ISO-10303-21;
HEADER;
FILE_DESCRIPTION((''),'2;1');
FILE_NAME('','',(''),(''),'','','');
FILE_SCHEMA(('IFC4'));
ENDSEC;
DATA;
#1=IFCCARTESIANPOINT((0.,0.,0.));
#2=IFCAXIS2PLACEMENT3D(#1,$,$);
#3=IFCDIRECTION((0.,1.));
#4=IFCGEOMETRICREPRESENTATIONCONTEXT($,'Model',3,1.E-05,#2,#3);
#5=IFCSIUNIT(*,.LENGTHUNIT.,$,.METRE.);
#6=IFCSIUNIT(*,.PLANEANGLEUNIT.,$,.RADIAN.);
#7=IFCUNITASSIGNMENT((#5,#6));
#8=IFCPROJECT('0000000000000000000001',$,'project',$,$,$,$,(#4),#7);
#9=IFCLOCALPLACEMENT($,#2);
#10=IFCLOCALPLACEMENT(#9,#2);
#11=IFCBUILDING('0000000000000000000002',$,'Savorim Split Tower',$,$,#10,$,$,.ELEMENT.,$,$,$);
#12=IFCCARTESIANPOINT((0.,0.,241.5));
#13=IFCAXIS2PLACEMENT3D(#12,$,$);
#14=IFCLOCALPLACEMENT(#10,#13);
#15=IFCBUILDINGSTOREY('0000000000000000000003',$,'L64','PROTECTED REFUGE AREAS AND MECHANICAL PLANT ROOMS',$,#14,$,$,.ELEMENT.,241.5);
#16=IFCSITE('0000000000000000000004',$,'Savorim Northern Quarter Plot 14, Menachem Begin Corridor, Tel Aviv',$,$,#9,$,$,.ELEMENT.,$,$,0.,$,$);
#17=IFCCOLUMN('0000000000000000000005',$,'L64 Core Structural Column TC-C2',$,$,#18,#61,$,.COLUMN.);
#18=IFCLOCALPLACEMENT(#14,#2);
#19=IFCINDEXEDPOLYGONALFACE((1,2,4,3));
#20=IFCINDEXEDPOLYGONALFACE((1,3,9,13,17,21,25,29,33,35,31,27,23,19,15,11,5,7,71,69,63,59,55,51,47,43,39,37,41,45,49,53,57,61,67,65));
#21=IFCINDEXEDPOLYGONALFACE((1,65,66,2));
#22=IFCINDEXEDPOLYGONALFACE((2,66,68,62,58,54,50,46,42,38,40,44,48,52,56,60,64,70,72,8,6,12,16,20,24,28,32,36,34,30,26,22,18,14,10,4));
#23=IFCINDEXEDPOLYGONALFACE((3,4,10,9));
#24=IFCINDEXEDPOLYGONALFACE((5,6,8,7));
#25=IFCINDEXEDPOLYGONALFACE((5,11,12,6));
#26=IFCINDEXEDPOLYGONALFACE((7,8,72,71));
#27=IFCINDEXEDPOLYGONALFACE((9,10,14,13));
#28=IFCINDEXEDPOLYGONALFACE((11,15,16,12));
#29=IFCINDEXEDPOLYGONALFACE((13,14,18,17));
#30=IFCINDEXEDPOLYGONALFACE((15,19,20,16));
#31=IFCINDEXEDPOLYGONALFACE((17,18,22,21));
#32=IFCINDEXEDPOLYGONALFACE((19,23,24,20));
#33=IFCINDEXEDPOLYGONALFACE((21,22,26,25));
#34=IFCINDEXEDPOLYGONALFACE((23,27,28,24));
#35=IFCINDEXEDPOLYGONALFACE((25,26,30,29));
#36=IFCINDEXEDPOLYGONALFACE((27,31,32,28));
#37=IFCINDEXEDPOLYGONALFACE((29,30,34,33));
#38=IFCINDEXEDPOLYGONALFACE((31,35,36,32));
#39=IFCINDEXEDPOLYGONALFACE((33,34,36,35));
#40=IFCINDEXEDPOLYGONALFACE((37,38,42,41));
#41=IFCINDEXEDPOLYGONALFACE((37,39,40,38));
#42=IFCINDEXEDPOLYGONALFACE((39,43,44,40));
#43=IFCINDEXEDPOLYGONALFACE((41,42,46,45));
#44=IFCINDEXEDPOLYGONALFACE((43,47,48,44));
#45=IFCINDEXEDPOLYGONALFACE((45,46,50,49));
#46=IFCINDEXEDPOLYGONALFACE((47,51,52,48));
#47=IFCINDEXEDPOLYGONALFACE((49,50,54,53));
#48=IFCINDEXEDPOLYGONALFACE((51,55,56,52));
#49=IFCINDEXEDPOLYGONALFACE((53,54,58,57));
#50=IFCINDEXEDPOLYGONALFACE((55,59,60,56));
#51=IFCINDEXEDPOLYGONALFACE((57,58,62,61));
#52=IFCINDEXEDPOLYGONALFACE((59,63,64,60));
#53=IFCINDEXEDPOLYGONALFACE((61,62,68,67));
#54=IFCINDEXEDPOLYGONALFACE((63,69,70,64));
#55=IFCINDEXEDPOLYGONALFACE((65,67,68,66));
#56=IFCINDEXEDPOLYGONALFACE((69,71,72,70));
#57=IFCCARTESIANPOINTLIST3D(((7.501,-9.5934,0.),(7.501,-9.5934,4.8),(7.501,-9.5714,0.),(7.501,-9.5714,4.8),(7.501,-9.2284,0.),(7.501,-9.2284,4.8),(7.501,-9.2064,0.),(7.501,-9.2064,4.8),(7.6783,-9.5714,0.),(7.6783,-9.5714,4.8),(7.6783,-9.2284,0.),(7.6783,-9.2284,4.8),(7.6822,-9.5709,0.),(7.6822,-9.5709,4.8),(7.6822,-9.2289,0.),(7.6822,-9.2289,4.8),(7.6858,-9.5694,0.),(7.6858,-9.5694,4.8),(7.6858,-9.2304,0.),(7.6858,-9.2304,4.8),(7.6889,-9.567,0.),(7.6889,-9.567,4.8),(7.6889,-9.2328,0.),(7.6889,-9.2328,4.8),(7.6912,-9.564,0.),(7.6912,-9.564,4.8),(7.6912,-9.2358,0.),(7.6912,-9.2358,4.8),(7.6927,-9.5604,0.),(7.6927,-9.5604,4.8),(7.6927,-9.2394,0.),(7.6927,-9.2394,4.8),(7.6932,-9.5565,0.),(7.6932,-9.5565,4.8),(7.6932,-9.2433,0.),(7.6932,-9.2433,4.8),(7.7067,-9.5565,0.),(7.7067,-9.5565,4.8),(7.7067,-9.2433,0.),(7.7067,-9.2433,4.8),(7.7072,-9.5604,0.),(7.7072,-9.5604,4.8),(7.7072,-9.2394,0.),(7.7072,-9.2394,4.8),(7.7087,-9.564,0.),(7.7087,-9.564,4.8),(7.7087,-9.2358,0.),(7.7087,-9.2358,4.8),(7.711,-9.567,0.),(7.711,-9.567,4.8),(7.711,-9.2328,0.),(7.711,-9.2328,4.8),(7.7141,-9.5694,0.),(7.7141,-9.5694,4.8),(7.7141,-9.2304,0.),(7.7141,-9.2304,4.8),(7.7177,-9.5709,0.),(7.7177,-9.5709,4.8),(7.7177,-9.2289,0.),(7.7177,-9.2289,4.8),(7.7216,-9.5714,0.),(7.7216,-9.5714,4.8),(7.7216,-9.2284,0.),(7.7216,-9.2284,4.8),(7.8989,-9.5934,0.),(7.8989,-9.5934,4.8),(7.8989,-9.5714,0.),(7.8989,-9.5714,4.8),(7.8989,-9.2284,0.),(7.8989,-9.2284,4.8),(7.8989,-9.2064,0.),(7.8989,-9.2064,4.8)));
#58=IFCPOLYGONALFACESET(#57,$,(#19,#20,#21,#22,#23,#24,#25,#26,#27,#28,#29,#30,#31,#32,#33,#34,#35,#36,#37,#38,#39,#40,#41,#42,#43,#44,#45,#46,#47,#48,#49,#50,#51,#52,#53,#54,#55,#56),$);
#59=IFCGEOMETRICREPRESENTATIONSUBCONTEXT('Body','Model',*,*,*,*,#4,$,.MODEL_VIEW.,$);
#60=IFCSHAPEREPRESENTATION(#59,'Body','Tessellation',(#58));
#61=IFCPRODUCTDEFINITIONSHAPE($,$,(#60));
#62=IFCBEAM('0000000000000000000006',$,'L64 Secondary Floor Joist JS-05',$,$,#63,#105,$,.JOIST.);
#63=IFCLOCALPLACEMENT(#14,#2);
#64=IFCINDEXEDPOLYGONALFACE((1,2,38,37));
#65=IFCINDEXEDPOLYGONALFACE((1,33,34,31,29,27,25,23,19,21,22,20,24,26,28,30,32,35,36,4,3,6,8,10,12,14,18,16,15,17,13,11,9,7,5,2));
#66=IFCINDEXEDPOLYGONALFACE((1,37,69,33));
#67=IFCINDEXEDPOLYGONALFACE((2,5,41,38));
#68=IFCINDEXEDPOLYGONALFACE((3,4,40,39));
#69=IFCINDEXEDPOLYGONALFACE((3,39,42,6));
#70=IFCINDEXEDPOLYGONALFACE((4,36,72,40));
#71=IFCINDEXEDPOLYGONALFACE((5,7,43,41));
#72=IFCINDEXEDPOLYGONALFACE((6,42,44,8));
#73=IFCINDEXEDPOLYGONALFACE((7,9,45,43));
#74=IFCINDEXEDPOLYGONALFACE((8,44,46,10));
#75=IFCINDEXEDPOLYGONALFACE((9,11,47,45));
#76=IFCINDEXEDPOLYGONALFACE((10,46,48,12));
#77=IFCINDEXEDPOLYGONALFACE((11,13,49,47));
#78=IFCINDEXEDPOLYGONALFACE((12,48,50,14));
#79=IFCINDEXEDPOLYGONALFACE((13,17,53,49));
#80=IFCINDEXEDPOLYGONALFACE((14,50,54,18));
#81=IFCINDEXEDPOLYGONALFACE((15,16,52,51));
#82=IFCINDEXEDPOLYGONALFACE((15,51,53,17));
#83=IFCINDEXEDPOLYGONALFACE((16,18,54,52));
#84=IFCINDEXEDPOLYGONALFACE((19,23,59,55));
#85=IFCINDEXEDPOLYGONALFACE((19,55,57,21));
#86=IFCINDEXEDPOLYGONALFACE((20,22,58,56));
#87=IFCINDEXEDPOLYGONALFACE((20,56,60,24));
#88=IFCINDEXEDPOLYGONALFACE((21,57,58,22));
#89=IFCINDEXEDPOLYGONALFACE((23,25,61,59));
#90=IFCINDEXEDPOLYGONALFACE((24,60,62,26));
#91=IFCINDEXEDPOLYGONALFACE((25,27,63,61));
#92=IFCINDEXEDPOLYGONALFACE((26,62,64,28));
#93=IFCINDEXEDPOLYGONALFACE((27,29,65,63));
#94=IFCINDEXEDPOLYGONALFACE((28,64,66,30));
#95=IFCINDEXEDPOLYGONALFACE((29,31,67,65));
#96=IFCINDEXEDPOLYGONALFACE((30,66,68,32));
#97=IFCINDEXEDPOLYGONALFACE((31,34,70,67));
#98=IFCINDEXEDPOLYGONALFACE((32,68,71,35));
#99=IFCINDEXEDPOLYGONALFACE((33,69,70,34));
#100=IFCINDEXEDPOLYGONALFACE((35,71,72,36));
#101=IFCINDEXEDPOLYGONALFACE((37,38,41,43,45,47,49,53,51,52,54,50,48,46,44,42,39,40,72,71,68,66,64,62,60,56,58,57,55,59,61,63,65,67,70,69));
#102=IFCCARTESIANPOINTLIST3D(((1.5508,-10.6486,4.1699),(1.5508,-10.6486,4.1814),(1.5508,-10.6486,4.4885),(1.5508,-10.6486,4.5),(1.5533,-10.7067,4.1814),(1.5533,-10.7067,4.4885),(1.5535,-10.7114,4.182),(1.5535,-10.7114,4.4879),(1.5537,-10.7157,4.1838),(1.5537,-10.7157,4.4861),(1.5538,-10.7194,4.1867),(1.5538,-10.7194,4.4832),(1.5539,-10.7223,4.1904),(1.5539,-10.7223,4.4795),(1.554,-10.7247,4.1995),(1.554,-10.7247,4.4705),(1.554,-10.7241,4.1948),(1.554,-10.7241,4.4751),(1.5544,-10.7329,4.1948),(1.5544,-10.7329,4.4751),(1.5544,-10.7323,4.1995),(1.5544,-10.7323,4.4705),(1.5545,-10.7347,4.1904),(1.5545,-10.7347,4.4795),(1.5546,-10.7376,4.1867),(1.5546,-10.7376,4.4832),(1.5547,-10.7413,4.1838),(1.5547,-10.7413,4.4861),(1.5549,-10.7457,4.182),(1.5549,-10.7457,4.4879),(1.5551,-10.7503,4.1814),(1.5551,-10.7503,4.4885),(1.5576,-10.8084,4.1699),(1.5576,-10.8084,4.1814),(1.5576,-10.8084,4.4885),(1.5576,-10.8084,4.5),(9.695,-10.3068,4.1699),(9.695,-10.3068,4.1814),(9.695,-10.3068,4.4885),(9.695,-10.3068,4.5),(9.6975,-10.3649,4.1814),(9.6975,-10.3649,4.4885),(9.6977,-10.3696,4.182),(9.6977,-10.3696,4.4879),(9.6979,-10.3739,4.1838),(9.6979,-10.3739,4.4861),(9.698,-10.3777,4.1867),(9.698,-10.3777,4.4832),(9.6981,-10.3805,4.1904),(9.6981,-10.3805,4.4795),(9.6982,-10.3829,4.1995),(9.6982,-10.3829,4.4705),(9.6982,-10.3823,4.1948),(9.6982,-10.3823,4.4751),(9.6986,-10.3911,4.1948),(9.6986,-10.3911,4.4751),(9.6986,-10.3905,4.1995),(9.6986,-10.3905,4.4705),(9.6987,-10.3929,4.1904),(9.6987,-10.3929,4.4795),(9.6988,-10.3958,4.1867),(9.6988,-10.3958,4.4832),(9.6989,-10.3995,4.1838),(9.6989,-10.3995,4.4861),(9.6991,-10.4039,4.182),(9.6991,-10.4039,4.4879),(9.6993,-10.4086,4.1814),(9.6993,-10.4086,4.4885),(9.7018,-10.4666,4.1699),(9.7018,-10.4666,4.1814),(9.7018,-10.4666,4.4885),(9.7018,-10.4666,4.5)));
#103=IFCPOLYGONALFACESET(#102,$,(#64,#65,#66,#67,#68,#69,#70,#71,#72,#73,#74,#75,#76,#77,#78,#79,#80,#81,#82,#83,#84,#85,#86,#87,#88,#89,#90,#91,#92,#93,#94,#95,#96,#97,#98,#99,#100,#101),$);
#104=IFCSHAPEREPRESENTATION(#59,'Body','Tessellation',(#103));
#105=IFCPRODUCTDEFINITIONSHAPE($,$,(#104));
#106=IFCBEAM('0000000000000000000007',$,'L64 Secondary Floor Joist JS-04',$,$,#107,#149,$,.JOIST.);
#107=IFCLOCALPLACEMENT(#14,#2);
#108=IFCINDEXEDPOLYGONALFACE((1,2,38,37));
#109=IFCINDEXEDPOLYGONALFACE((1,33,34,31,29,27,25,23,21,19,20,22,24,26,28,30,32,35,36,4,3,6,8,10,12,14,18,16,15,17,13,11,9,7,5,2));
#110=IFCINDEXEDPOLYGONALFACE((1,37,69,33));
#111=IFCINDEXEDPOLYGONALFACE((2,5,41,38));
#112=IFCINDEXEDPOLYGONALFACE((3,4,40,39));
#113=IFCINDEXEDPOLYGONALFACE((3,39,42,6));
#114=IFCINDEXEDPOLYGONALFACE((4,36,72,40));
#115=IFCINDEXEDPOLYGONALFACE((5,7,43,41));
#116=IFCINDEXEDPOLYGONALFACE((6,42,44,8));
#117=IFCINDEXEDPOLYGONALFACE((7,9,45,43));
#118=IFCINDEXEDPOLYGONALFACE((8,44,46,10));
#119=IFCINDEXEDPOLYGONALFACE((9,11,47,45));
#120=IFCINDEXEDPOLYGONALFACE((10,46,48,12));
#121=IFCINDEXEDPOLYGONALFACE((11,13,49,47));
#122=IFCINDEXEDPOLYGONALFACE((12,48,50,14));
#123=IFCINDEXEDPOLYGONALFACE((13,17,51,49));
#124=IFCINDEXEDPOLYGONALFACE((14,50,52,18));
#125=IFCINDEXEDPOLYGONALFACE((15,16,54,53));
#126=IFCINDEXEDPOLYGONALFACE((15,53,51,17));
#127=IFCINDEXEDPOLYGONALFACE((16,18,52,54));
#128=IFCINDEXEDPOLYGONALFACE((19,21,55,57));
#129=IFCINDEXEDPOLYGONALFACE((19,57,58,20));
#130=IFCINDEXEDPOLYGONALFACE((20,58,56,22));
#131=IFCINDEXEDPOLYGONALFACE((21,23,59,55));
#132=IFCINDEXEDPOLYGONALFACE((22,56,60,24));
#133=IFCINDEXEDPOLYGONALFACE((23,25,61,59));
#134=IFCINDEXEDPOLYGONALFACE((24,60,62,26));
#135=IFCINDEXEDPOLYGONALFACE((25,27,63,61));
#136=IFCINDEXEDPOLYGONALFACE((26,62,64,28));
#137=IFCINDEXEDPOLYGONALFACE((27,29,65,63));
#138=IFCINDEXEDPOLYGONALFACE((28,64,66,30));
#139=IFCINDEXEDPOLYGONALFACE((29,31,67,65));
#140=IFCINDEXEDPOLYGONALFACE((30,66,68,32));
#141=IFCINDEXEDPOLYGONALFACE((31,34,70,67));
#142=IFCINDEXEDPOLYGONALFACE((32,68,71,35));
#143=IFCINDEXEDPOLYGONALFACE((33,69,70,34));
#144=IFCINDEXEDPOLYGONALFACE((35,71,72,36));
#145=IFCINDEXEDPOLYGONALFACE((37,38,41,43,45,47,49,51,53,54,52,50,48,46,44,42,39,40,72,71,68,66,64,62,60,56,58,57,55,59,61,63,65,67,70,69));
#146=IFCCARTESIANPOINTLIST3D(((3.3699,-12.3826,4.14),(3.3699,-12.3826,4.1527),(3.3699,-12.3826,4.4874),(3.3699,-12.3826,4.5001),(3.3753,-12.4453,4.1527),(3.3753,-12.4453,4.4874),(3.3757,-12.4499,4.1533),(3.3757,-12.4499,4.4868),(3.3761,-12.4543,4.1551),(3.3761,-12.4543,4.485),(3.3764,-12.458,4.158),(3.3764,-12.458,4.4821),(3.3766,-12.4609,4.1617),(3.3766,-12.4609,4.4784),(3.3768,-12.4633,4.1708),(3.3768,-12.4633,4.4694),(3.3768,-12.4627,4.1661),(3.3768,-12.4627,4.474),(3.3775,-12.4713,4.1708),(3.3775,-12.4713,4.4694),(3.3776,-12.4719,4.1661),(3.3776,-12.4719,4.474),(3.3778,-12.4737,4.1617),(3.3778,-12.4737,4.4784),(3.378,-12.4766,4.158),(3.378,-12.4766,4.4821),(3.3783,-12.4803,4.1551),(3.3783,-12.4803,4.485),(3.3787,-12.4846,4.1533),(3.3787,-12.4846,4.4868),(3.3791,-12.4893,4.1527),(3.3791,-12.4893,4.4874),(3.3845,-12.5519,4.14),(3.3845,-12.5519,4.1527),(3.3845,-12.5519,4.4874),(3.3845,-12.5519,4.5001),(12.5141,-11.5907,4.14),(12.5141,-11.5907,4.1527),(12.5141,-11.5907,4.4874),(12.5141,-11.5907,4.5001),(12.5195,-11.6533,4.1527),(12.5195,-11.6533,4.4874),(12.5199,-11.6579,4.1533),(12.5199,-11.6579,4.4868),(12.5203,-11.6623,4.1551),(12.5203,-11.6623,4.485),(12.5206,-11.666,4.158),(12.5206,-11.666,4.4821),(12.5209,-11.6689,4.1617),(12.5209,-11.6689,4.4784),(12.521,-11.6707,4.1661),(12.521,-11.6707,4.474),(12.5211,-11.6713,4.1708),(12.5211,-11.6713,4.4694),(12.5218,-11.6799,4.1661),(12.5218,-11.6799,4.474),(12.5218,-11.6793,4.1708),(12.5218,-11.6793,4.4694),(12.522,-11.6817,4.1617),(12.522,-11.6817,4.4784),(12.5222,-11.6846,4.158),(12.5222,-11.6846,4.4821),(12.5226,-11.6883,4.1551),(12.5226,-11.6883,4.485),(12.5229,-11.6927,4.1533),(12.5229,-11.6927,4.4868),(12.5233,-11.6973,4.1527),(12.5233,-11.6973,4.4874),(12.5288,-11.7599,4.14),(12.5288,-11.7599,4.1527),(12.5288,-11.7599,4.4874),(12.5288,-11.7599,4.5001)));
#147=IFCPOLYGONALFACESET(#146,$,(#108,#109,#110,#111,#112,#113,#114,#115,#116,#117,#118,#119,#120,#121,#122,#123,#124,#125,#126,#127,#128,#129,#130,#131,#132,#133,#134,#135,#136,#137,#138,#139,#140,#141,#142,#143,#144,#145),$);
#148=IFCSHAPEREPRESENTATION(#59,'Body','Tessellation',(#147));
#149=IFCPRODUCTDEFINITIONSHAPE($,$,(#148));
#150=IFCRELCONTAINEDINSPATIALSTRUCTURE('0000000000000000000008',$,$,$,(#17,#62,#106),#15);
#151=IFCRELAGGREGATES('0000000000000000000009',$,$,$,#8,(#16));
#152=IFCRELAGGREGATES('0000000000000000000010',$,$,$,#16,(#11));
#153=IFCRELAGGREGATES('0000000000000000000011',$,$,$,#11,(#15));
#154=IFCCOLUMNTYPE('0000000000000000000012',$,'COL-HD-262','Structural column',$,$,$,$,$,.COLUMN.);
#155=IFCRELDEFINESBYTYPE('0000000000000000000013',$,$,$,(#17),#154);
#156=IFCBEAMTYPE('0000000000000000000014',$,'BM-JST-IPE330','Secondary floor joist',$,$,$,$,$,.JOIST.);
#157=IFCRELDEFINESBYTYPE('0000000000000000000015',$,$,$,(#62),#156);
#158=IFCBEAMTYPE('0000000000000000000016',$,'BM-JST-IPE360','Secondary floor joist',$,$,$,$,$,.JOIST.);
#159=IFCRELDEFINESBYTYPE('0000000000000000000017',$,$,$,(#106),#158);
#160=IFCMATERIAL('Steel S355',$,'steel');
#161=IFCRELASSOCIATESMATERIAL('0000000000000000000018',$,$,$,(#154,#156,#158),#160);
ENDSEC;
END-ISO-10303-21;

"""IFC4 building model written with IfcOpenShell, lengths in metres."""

from ifc_helpers import new_model, si_unit, direction, frame, origin, origin_2d, place, context, subcontext, project, spatial, i_section, extrude, material, material_profile, profile_set, type_object, element, save


model = new_model("IFC4")

# Units and contexts
model_context = context("Model", 3, precision=1e-05, world=origin(), true_north=direction((0.0, 1.0)))
body_context = subcontext(model_context, "Body", "Model", "MODEL_VIEW")
ifc_project = project(units=[si_unit("LENGTHUNIT", "METRE"), si_unit("PLANEANGLEUNIT", "RADIAN")], contexts=[model_context])

# Site, building, storey
site_placement = place(None, origin())
site = spatial("IfcSite", under=ifc_project, at=site_placement, Name="Savorim Northern Quarter Plot 14, Menachem Begin Corridor, Tel Aviv", CompositionType="ELEMENT", RefElevation=0.0)
building_placement = place(site_placement, origin())
building = spatial("IfcBuilding", under=site, at=building_placement, Name="Savorim Split Tower", CompositionType="ELEMENT")
storey_placement = place(building_placement, frame((0.0, 0.0, 241.5)))
storey = spatial("IfcBuildingStorey", under=building, at=storey_placement, Name="L64", Description="PROTECTED REFUGE AREAS AND MECHANICAL PLANT ROOMS", CompositionType="ELEMENT", Elevation=241.5)

# Column
ifc_material_1 = material(Name="Steel S355", Category="steel")
ifc_material_profile_1 = material_profile(ifc_material_1, i_section(OverallWidth=0.3979, OverallDepth=0.387, WebThickness=0.0134, FlangeThickness=0.022, FilletRadius=0.0149, at=origin_2d()), Name="HD 400x262")
ifc_profile_set_1 = profile_set([ifc_material_profile_1], Name="Steel S355")
column_type = type_object("IfcColumnType", Name="COL-HD-262", Description="Structural column", PredefinedType="COLUMN", material=ifc_profile_set_1)
column_placement = place(storey_placement, frame((7.7, -9.3999, 0.0), z_axis=(0.0, 0.0, 1.0), x_axis=(1.0, 0.0, 0.0)))
element("IfcColumn", 1, at=column_placement, inside=storey, type_object=column_type, Name="L64 Core Structural Column TC-C2", PredefinedType="COLUMN", context=body_context, shape_type="SweptSolid", body=[
    extrude(i_section(OverallWidth=0.3979, OverallDepth=0.387, WebThickness=0.0134, FlangeThickness=0.022, FilletRadius=0.0149, at=origin_2d()), origin(), (0.0, 0.0, 1.0), 4.8),
])

# Beams
ifc_material_profile_2 = material_profile(ifc_material_1, i_section(OverallWidth=0.1599, OverallDepth=0.3301, WebThickness=0.0076, FlangeThickness=0.0115, FilletRadius=0.0181, at=origin_2d()), Name="IPE 330")
ifc_profile_set_2 = profile_set([ifc_material_profile_2], Name="Steel S355")
beam_type_1 = type_object("IfcBeamType", Name="BM-JST-IPE330", Description="Secondary floor joist", PredefinedType="JOIST", material=ifc_profile_set_2)
beam_1_placement = place(storey_placement, frame((1.5542, -10.7285, 4.335), z_axis=(0.999121, 0.041931, 0.0), x_axis=(-0.041931, 0.999121, 0.0)))
element("IfcBeam", 2, at=beam_1_placement, inside=storey, type_object=beam_type_1, Name="L64 Secondary Floor Joist JS-05", PredefinedType="JOIST", context=body_context, shape_type="SweptSolid", body=[
    extrude(i_section(OverallWidth=0.1599, OverallDepth=0.3301, WebThickness=0.0076, FlangeThickness=0.0115, FilletRadius=0.0181, at=origin_2d()), origin(), (0.0, 0.0, 1.0), 8.1514),
])
ifc_material_profile_3 = material_profile(ifc_material_1, i_section(OverallWidth=0.1699, OverallDepth=0.3601, WebThickness=0.0081, FlangeThickness=0.0127, FilletRadius=0.0181, at=origin_2d()), Name="IPE 360")
ifc_profile_set_3 = profile_set([ifc_material_profile_3], Name="Steel S355")
beam_type_2 = type_object("IfcBeamType", Name="BM-JST-IPE360", Description="Secondary floor joist", PredefinedType="JOIST", material=ifc_profile_set_3)
beam_2_placement = place(storey_placement, frame((3.3772, -12.4673, 4.3201), z_axis=(0.99627, 0.086288, 0.0), x_axis=(-0.086288, 0.99627, 0.0)))
element("IfcBeam", 3, at=beam_2_placement, inside=storey, type_object=beam_type_2, Name="L64 Secondary Floor Joist JS-04", PredefinedType="JOIST", context=body_context, shape_type="SweptSolid", body=[
    extrude(i_section(OverallWidth=0.1699, OverallDepth=0.3601, WebThickness=0.0081, FlangeThickness=0.0127, FilletRadius=0.0181, at=origin_2d()), origin(), (0.0, 0.0, 1.0), 9.1785),
])

save(model, "model.ifc")
